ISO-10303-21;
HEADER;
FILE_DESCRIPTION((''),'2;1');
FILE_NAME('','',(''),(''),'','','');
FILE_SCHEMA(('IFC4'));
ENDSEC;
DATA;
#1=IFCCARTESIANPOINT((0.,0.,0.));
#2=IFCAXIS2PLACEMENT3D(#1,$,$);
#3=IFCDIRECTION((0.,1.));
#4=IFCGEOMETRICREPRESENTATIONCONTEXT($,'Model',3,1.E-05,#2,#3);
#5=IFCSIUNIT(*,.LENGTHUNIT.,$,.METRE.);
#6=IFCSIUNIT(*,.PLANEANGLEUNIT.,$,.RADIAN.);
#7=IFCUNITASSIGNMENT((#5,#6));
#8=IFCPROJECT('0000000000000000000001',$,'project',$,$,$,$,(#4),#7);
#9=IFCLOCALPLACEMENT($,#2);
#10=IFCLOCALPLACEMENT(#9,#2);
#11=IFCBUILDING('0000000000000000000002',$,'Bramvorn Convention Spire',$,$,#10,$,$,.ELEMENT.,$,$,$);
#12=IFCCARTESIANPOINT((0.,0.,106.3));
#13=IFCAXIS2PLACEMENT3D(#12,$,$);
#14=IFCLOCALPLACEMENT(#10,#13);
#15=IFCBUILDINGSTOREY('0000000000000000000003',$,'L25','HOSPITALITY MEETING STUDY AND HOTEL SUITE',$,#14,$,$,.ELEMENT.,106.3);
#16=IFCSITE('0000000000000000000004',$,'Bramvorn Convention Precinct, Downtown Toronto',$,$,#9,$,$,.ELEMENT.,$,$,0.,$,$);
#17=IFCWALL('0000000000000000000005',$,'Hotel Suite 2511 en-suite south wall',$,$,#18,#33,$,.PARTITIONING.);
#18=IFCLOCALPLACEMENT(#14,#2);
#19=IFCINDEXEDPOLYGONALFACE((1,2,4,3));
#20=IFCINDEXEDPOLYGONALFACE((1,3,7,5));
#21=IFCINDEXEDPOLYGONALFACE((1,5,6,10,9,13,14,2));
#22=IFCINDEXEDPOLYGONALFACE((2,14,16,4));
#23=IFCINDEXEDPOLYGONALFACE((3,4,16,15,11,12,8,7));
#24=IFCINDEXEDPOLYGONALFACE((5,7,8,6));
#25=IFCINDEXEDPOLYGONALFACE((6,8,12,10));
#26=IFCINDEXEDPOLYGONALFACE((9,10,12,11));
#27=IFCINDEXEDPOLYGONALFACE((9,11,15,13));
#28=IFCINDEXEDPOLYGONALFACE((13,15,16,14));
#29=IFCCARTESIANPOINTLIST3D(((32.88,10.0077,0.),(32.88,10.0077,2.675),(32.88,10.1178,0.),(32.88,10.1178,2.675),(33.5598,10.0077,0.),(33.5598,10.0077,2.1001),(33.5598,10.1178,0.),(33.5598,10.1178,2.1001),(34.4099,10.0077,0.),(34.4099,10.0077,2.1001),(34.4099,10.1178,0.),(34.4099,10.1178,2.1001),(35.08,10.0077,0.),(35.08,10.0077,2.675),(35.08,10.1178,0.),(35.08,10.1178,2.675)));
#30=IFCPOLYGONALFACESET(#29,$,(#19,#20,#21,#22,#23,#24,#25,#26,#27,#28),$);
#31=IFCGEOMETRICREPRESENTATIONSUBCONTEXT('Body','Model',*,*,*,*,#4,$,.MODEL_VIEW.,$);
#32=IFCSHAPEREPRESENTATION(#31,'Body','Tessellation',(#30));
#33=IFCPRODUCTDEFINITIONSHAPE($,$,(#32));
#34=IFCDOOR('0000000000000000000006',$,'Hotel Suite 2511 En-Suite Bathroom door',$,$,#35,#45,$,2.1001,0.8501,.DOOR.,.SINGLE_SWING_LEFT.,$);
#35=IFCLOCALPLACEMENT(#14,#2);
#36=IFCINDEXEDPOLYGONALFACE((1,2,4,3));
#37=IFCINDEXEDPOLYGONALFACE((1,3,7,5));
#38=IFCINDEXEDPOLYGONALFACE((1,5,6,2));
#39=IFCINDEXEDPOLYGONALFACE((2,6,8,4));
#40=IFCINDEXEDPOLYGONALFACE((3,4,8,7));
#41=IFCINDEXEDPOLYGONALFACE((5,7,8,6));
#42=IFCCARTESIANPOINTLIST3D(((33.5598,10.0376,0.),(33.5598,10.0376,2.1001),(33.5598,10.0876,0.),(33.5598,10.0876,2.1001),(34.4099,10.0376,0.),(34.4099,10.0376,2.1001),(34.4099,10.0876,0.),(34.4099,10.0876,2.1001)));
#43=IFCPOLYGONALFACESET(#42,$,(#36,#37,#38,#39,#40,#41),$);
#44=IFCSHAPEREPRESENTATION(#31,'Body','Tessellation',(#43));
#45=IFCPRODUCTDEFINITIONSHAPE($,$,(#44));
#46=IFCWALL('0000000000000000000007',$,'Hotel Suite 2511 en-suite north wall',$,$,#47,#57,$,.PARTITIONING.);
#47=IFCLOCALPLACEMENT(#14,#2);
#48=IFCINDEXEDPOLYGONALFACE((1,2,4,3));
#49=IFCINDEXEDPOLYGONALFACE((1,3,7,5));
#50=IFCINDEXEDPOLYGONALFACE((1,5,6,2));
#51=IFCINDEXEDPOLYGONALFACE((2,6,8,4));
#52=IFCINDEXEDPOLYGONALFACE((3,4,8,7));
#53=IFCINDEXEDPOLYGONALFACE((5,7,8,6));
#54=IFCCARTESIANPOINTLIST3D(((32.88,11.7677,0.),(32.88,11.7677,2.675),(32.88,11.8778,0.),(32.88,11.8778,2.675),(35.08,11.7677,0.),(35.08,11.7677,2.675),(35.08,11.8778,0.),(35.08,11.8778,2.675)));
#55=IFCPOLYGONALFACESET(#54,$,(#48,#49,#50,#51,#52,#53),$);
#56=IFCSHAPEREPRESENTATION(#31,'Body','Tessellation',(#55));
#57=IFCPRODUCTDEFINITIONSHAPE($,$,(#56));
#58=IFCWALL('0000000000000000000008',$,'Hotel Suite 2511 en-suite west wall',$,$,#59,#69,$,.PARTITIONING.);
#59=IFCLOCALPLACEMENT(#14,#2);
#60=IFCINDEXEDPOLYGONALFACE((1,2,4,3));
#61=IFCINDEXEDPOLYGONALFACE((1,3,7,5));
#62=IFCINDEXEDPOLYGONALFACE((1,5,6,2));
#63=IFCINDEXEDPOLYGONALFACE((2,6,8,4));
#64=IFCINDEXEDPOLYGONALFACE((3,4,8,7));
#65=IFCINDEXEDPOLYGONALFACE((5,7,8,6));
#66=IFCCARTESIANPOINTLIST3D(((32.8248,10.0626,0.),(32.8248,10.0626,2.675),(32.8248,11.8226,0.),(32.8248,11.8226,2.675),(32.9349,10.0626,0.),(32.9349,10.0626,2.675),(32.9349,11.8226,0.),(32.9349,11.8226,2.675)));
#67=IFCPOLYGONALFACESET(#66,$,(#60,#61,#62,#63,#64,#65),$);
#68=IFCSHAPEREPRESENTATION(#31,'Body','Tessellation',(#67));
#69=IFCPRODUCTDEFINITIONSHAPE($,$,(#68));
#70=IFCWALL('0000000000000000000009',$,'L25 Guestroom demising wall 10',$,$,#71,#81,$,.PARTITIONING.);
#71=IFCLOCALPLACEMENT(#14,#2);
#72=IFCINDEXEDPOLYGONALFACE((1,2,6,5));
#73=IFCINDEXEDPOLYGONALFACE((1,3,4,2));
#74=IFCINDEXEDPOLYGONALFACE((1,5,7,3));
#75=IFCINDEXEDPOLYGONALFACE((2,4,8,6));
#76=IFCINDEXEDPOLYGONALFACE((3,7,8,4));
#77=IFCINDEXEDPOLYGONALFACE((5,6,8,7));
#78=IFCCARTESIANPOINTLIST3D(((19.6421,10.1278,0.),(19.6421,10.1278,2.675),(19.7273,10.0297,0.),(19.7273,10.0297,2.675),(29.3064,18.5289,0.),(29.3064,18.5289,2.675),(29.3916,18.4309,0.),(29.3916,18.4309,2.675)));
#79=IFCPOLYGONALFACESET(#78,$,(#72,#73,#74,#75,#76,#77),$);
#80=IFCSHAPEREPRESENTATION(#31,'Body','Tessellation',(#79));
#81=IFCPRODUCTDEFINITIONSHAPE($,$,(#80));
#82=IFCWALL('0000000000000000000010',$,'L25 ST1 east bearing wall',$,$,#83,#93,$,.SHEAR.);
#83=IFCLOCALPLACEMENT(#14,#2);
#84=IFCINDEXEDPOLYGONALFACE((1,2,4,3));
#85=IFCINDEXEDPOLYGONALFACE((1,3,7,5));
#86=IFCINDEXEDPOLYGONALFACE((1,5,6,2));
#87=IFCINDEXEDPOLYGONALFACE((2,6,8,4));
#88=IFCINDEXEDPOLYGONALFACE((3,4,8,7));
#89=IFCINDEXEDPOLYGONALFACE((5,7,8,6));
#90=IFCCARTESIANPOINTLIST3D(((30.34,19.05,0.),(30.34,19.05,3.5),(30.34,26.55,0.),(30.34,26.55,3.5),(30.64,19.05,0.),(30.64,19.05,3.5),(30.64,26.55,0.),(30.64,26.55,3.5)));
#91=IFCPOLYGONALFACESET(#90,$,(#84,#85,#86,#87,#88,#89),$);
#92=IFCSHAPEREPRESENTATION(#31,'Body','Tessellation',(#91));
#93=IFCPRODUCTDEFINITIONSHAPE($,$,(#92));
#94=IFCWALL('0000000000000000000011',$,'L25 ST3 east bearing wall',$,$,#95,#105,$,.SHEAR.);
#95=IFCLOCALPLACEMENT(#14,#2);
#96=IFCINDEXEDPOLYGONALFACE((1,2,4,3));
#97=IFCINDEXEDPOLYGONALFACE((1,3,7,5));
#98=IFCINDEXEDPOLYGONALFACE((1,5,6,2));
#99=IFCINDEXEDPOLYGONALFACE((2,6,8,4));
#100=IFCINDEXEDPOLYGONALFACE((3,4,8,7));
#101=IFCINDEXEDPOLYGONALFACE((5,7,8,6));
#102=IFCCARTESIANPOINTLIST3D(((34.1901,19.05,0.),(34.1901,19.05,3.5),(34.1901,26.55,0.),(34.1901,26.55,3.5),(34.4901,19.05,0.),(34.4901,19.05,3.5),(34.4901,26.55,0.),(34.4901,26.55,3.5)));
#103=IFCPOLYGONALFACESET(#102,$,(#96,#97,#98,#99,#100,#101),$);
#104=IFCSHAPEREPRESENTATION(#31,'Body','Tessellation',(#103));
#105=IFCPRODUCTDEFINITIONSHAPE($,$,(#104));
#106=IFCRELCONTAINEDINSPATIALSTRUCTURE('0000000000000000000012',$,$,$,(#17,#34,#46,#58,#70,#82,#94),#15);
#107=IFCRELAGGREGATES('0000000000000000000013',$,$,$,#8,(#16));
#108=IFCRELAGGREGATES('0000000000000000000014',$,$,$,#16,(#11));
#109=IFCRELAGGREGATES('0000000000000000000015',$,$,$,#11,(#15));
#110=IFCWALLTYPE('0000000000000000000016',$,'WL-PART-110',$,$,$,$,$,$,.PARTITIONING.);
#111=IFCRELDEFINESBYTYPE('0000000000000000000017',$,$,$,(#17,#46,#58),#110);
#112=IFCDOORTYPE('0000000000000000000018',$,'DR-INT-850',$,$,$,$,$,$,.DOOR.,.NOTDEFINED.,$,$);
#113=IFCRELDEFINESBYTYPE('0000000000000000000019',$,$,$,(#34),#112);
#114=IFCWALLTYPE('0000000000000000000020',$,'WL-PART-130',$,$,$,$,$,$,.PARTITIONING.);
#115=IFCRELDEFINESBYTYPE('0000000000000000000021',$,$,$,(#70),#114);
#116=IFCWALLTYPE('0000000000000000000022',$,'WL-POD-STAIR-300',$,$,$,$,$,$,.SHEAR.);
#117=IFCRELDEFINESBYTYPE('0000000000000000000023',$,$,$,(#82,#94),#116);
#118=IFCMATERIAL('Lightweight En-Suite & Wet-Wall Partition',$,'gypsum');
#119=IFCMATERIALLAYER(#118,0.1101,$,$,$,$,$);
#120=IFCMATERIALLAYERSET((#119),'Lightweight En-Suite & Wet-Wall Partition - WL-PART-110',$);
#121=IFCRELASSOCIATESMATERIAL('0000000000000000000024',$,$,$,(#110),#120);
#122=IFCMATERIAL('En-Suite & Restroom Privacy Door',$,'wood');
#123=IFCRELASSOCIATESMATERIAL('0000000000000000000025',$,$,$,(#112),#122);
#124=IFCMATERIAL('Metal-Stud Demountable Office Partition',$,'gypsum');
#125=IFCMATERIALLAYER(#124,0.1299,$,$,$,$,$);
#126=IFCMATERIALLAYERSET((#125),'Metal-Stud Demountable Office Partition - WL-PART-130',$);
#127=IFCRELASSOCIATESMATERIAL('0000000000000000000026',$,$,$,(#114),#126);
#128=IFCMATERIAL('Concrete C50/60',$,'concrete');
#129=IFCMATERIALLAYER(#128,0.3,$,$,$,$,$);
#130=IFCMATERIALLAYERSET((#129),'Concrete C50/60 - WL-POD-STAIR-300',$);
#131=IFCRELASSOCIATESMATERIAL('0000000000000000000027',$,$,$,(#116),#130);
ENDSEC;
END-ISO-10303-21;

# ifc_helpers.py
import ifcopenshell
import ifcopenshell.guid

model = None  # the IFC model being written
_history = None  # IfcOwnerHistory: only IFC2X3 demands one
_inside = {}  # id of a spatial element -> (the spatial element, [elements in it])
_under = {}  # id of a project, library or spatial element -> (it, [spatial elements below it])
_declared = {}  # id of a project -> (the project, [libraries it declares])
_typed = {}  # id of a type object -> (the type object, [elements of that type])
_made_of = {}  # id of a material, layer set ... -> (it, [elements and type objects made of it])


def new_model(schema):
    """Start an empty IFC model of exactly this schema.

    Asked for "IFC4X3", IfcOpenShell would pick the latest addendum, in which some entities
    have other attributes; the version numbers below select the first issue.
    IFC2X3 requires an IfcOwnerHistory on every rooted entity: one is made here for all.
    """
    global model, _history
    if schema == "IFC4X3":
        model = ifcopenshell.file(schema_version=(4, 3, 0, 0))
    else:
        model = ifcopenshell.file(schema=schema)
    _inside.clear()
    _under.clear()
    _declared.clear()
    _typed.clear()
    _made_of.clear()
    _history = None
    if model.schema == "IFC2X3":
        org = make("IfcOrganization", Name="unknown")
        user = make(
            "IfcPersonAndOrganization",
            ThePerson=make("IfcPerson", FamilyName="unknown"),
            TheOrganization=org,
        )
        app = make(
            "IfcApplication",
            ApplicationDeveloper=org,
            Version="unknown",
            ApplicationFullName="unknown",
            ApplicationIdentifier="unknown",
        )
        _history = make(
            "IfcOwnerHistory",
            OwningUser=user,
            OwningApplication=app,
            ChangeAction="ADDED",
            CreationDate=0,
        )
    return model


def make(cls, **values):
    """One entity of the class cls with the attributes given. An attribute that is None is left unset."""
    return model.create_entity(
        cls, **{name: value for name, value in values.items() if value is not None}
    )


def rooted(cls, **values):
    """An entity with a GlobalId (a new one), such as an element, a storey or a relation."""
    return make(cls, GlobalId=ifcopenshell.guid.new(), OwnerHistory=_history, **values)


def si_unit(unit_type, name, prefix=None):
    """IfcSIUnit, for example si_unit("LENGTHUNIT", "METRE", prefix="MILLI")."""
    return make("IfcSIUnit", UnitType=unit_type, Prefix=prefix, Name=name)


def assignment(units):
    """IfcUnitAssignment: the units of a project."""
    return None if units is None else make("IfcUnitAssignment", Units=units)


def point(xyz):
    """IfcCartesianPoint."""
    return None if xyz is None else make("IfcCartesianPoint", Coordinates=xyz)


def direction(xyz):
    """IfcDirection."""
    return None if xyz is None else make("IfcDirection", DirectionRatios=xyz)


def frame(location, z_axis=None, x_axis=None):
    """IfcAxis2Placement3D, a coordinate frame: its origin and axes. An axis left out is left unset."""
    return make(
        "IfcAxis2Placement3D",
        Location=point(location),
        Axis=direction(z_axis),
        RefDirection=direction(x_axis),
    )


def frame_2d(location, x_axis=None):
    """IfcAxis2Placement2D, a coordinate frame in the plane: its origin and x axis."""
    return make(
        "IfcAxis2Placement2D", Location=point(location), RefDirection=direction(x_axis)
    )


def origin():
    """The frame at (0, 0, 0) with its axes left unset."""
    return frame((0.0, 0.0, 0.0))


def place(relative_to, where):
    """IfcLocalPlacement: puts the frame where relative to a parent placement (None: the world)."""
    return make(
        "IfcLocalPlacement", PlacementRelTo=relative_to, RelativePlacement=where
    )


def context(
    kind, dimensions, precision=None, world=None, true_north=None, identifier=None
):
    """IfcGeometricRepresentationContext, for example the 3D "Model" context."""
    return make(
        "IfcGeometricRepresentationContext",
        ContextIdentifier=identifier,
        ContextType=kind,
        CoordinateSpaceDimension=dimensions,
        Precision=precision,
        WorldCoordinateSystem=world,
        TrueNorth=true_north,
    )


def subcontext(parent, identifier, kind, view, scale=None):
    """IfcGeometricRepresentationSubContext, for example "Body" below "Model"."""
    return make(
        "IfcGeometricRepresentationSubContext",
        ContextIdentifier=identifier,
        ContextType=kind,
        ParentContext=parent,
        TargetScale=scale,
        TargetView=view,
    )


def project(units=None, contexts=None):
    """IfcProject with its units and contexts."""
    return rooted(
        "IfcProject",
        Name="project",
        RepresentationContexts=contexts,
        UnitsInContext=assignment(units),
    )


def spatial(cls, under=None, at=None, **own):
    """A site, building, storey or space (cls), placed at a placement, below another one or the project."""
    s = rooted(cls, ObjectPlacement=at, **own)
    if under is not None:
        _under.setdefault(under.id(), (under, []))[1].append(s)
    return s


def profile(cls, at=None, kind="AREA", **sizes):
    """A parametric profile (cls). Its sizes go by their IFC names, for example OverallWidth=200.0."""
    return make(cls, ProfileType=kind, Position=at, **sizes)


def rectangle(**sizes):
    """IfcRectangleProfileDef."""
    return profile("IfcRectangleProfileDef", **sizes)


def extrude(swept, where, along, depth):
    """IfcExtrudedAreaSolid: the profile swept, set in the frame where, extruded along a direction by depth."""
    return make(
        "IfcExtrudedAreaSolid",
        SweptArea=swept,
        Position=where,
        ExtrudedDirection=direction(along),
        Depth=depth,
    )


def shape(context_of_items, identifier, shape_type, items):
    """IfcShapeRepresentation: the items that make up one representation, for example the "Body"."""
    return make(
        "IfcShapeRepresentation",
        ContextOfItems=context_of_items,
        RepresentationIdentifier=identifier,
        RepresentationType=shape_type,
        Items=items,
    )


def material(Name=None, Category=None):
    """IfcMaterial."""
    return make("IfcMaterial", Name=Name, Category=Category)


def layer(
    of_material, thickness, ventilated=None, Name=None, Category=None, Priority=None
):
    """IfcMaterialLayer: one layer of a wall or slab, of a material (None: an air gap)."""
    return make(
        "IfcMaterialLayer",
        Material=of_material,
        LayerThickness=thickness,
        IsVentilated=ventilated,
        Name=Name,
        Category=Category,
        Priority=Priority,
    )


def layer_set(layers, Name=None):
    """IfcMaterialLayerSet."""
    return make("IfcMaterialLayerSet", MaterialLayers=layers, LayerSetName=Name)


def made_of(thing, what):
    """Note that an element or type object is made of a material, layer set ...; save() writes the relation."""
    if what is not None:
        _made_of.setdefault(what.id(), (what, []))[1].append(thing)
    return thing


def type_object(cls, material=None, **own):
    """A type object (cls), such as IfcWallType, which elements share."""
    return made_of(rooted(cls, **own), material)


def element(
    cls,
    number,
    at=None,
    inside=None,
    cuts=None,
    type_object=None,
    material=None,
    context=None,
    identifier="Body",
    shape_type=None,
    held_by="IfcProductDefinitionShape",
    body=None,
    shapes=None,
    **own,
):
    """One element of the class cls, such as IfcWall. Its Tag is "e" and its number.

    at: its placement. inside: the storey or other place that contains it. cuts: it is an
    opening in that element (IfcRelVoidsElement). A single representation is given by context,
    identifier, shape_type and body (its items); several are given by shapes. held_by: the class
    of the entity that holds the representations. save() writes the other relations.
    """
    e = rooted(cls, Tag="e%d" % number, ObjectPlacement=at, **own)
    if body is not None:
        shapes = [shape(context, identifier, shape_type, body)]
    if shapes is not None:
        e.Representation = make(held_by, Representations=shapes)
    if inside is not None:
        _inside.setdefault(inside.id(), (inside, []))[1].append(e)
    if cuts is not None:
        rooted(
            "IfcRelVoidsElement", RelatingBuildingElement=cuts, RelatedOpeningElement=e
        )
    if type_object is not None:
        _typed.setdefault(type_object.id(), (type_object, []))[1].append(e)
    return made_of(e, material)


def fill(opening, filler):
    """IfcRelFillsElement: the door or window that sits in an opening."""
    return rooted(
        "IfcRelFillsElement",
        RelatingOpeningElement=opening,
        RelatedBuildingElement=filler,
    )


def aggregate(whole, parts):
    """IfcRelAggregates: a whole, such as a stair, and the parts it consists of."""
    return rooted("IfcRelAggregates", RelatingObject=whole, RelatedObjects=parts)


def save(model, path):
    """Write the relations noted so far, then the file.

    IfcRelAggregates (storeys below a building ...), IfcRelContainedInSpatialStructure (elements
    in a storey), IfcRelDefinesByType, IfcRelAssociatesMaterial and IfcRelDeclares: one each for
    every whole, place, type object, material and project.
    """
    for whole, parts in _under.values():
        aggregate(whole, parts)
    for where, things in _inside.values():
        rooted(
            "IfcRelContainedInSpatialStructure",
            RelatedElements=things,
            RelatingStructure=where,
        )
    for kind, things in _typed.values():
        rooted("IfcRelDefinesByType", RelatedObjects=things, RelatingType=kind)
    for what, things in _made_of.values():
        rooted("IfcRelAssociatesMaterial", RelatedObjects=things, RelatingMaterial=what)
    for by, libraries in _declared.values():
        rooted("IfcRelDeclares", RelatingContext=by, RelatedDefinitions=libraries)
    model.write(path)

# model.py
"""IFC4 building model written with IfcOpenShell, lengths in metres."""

from ifc_helpers import new_model, si_unit, direction, frame, frame_2d, origin, place, context, subcontext, project, spatial, rectangle, extrude, material, layer, layer_set, type_object, element, fill, save


model = new_model("IFC4")

# Units and contexts
model_context = context("Model", 3, precision=1e-05, world=origin(), true_north=direction((0.0, 1.0)))
body_context = subcontext(model_context, "Body", "Model", "MODEL_VIEW")
ifc_project = project(units=[si_unit("LENGTHUNIT", "METRE"), si_unit("PLANEANGLEUNIT", "RADIAN")], contexts=[model_context])

# Site, building, storey
site_placement = place(None, origin())
site = spatial("IfcSite", under=ifc_project, at=site_placement, Name="Bramvorn Convention Precinct, Downtown Toronto", CompositionType="ELEMENT", RefElevation=0.0)
building_placement = place(site_placement, origin())
building = spatial("IfcBuilding", under=site, at=building_placement, Name="Bramvorn Convention Spire", CompositionType="ELEMENT")
storey_placement = place(building_placement, frame((0.0, 0.0, 106.3)))
storey = spatial("IfcBuildingStorey", under=building, at=storey_placement, Name="L25", Description="HOSPITALITY MEETING STUDY AND HOTEL SUITE", CompositionType="ELEMENT", Elevation=106.3)

# Wall, opening, door
ifc_material_1 = material(Name="Lightweight En-Suite & Wet-Wall Partition", Category="gypsum")
ifc_layer_1 = layer(ifc_material_1, 0.1101)
ifc_layer_set_1 = layer_set([ifc_layer_1], Name="Lightweight En-Suite & Wet-Wall Partition - WL-PART-110")
wall_type_1 = type_object("IfcWallType", Name="WL-PART-110", PredefinedType="PARTITIONING", material=ifc_layer_set_1)
wall_1_placement = place(storey_placement, frame((32.8799, 10.0627, 0.0), z_axis=(0.0, 0.0, 1.0), x_axis=(1.0, 0.0, 0.0)))
wall_1 = element("IfcWall", 1, at=wall_1_placement, inside=storey, type_object=wall_type_1, Name="Hotel Suite 2511 en-suite south wall", PredefinedType="PARTITIONING", context=body_context, shape_type="SweptSolid", body=[
    extrude(rectangle(XDim=2.2, YDim=0.1101, at=frame_2d((1.1001, 0.0))), origin(), (0.0, 0.0, 1.0), 2.675),
])
opening_1_placement = place(wall_1_placement, frame((0.6799, 0.0, 0.0)))
opening_1 = element("IfcOpeningElement", 2, at=opening_1_placement, cuts=wall_1, PredefinedType="OPENING", context=body_context, shape_type="SweptSolid", body=[
    extrude(rectangle(XDim=0.8501, YDim=2.1001, at=frame_2d((0.425, 1.05))), frame((0.0, 0.0649, 0.0), z_axis=(0.0, -1.0, 0.0), x_axis=(1.0, 0.0, 0.0)), (0.0, 0.0, 1.0), 0.1301),
])
ifc_material_2 = material(Name="En-Suite & Restroom Privacy Door", Category="wood")
door_type_1 = type_object("IfcDoorType", Name="DR-INT-850", OperationType="NOTDEFINED", PredefinedType="DOOR", material=ifc_material_2)
door_1_placement = place(opening_1_placement, origin())
door_1 = element("IfcDoor", 3, at=door_1_placement, inside=storey, type_object=door_type_1, Name="Hotel Suite 2511 En-Suite Bathroom door", OperationType="SINGLE_SWING_LEFT", OverallHeight=2.1001, OverallWidth=0.8501, PredefinedType="DOOR", context=body_context, shape_type="SweptSolid", body=[
    extrude(rectangle(XDim=0.8501, YDim=2.1001, at=frame_2d((0.425, 1.05))), frame((0.0, 0.0249, 0.0), z_axis=(0.0, -1.0, 0.0), x_axis=(1.0, 0.0, 0.0)), (0.0, 0.0, 1.0), 0.05),
])
fill(opening_1, door_1)

# Walls
wall_2_placement = place(storey_placement, frame((32.8799, 11.8228, 0.0), z_axis=(0.0, 0.0, 1.0), x_axis=(1.0, 0.0, 0.0)))
element("IfcWall", 4, at=wall_2_placement, inside=storey, type_object=wall_type_1, Name="Hotel Suite 2511 en-suite north wall", PredefinedType="PARTITIONING", context=body_context, shape_type="SweptSolid", body=[
    extrude(rectangle(XDim=2.2, YDim=0.1101, at=frame_2d((1.1001, 0.0))), origin(), (0.0, 0.0, 1.0), 2.675),
])
wall_3_placement = place(storey_placement, frame((32.8799, 10.0627, 0.0), z_axis=(0.0, 0.0, 1.0), x_axis=(0.0, 1.0, 0.0)))
element("IfcWall", 5, at=wall_3_placement, inside=storey, type_object=wall_type_1, Name="Hotel Suite 2511 en-suite west wall", PredefinedType="PARTITIONING", context=body_context, shape_type="SweptSolid", body=[
    extrude(rectangle(XDim=1.76, YDim=0.1101, at=frame_2d((0.8799, 0.0))), origin(), (0.0, 0.0, 1.0), 2.675),
])
ifc_material_3 = material(Name="Metal-Stud Demountable Office Partition", Category="gypsum")
ifc_layer_2 = layer(ifc_material_3, 0.1299)
ifc_layer_set_2 = layer_set([ifc_layer_2], Name="Metal-Stud Demountable Office Partition - WL-PART-130")
wall_type_2 = type_object("IfcWallType", Name="WL-PART-130", PredefinedType="PARTITIONING", material=ifc_layer_set_2)
wall_4_placement = place(storey_placement, frame((29.3491, 18.48, 0.0), z_axis=(0.0, 0.0, 1.0), x_axis=(-0.754707, -0.656062, 0.0)))
element("IfcWall", 6, at=wall_4_placement, inside=storey, type_object=wall_type_2, Name="L25 Guestroom demising wall 10", PredefinedType="PARTITIONING", context=body_context, shape_type="SweptSolid", body=[
    extrude(rectangle(XDim=12.8054, YDim=0.1299, at=frame_2d((6.4028, 0.0))), origin(), (0.0, 0.0, 1.0), 2.675),
])
ifc_material_4 = material(Name="Concrete C50/60", Category="concrete")
ifc_layer_3 = layer(ifc_material_4, 0.3)
ifc_layer_set_3 = layer_set([ifc_layer_3], Name="Concrete C50/60 - WL-POD-STAIR-300")
wall_type_3 = type_object("IfcWallType", Name="WL-POD-STAIR-300", PredefinedType="SHEAR", material=ifc_layer_set_3)
for number, where, z_axis, x_axis, name in (
    (7, (30.49, 19.05, 0.0), (0.0, 0.0, 1.0), (0.0, 1.0, 0.0), "L25 ST1 east bearing wall"),
    (8, (34.3401, 19.05, 0.0), (0.0, 0.0, 1.0), (0.0, 1.0, 0.0), "L25 ST3 east bearing wall"),
):
    element("IfcWall", number, at=place(storey_placement, frame(where, z_axis=z_axis, x_axis=x_axis)), inside=storey, type_object=wall_type_3, Name=name, PredefinedType="SHEAR", context=body_context, shape_type="SweptSolid", body=[
        extrude(rectangle(XDim=7.5, YDim=0.3, at=frame_2d((3.75, 0.0))), origin(), (0.0, 0.0, 1.0), 3.5),
    ])

save(model, "model.ifc")
